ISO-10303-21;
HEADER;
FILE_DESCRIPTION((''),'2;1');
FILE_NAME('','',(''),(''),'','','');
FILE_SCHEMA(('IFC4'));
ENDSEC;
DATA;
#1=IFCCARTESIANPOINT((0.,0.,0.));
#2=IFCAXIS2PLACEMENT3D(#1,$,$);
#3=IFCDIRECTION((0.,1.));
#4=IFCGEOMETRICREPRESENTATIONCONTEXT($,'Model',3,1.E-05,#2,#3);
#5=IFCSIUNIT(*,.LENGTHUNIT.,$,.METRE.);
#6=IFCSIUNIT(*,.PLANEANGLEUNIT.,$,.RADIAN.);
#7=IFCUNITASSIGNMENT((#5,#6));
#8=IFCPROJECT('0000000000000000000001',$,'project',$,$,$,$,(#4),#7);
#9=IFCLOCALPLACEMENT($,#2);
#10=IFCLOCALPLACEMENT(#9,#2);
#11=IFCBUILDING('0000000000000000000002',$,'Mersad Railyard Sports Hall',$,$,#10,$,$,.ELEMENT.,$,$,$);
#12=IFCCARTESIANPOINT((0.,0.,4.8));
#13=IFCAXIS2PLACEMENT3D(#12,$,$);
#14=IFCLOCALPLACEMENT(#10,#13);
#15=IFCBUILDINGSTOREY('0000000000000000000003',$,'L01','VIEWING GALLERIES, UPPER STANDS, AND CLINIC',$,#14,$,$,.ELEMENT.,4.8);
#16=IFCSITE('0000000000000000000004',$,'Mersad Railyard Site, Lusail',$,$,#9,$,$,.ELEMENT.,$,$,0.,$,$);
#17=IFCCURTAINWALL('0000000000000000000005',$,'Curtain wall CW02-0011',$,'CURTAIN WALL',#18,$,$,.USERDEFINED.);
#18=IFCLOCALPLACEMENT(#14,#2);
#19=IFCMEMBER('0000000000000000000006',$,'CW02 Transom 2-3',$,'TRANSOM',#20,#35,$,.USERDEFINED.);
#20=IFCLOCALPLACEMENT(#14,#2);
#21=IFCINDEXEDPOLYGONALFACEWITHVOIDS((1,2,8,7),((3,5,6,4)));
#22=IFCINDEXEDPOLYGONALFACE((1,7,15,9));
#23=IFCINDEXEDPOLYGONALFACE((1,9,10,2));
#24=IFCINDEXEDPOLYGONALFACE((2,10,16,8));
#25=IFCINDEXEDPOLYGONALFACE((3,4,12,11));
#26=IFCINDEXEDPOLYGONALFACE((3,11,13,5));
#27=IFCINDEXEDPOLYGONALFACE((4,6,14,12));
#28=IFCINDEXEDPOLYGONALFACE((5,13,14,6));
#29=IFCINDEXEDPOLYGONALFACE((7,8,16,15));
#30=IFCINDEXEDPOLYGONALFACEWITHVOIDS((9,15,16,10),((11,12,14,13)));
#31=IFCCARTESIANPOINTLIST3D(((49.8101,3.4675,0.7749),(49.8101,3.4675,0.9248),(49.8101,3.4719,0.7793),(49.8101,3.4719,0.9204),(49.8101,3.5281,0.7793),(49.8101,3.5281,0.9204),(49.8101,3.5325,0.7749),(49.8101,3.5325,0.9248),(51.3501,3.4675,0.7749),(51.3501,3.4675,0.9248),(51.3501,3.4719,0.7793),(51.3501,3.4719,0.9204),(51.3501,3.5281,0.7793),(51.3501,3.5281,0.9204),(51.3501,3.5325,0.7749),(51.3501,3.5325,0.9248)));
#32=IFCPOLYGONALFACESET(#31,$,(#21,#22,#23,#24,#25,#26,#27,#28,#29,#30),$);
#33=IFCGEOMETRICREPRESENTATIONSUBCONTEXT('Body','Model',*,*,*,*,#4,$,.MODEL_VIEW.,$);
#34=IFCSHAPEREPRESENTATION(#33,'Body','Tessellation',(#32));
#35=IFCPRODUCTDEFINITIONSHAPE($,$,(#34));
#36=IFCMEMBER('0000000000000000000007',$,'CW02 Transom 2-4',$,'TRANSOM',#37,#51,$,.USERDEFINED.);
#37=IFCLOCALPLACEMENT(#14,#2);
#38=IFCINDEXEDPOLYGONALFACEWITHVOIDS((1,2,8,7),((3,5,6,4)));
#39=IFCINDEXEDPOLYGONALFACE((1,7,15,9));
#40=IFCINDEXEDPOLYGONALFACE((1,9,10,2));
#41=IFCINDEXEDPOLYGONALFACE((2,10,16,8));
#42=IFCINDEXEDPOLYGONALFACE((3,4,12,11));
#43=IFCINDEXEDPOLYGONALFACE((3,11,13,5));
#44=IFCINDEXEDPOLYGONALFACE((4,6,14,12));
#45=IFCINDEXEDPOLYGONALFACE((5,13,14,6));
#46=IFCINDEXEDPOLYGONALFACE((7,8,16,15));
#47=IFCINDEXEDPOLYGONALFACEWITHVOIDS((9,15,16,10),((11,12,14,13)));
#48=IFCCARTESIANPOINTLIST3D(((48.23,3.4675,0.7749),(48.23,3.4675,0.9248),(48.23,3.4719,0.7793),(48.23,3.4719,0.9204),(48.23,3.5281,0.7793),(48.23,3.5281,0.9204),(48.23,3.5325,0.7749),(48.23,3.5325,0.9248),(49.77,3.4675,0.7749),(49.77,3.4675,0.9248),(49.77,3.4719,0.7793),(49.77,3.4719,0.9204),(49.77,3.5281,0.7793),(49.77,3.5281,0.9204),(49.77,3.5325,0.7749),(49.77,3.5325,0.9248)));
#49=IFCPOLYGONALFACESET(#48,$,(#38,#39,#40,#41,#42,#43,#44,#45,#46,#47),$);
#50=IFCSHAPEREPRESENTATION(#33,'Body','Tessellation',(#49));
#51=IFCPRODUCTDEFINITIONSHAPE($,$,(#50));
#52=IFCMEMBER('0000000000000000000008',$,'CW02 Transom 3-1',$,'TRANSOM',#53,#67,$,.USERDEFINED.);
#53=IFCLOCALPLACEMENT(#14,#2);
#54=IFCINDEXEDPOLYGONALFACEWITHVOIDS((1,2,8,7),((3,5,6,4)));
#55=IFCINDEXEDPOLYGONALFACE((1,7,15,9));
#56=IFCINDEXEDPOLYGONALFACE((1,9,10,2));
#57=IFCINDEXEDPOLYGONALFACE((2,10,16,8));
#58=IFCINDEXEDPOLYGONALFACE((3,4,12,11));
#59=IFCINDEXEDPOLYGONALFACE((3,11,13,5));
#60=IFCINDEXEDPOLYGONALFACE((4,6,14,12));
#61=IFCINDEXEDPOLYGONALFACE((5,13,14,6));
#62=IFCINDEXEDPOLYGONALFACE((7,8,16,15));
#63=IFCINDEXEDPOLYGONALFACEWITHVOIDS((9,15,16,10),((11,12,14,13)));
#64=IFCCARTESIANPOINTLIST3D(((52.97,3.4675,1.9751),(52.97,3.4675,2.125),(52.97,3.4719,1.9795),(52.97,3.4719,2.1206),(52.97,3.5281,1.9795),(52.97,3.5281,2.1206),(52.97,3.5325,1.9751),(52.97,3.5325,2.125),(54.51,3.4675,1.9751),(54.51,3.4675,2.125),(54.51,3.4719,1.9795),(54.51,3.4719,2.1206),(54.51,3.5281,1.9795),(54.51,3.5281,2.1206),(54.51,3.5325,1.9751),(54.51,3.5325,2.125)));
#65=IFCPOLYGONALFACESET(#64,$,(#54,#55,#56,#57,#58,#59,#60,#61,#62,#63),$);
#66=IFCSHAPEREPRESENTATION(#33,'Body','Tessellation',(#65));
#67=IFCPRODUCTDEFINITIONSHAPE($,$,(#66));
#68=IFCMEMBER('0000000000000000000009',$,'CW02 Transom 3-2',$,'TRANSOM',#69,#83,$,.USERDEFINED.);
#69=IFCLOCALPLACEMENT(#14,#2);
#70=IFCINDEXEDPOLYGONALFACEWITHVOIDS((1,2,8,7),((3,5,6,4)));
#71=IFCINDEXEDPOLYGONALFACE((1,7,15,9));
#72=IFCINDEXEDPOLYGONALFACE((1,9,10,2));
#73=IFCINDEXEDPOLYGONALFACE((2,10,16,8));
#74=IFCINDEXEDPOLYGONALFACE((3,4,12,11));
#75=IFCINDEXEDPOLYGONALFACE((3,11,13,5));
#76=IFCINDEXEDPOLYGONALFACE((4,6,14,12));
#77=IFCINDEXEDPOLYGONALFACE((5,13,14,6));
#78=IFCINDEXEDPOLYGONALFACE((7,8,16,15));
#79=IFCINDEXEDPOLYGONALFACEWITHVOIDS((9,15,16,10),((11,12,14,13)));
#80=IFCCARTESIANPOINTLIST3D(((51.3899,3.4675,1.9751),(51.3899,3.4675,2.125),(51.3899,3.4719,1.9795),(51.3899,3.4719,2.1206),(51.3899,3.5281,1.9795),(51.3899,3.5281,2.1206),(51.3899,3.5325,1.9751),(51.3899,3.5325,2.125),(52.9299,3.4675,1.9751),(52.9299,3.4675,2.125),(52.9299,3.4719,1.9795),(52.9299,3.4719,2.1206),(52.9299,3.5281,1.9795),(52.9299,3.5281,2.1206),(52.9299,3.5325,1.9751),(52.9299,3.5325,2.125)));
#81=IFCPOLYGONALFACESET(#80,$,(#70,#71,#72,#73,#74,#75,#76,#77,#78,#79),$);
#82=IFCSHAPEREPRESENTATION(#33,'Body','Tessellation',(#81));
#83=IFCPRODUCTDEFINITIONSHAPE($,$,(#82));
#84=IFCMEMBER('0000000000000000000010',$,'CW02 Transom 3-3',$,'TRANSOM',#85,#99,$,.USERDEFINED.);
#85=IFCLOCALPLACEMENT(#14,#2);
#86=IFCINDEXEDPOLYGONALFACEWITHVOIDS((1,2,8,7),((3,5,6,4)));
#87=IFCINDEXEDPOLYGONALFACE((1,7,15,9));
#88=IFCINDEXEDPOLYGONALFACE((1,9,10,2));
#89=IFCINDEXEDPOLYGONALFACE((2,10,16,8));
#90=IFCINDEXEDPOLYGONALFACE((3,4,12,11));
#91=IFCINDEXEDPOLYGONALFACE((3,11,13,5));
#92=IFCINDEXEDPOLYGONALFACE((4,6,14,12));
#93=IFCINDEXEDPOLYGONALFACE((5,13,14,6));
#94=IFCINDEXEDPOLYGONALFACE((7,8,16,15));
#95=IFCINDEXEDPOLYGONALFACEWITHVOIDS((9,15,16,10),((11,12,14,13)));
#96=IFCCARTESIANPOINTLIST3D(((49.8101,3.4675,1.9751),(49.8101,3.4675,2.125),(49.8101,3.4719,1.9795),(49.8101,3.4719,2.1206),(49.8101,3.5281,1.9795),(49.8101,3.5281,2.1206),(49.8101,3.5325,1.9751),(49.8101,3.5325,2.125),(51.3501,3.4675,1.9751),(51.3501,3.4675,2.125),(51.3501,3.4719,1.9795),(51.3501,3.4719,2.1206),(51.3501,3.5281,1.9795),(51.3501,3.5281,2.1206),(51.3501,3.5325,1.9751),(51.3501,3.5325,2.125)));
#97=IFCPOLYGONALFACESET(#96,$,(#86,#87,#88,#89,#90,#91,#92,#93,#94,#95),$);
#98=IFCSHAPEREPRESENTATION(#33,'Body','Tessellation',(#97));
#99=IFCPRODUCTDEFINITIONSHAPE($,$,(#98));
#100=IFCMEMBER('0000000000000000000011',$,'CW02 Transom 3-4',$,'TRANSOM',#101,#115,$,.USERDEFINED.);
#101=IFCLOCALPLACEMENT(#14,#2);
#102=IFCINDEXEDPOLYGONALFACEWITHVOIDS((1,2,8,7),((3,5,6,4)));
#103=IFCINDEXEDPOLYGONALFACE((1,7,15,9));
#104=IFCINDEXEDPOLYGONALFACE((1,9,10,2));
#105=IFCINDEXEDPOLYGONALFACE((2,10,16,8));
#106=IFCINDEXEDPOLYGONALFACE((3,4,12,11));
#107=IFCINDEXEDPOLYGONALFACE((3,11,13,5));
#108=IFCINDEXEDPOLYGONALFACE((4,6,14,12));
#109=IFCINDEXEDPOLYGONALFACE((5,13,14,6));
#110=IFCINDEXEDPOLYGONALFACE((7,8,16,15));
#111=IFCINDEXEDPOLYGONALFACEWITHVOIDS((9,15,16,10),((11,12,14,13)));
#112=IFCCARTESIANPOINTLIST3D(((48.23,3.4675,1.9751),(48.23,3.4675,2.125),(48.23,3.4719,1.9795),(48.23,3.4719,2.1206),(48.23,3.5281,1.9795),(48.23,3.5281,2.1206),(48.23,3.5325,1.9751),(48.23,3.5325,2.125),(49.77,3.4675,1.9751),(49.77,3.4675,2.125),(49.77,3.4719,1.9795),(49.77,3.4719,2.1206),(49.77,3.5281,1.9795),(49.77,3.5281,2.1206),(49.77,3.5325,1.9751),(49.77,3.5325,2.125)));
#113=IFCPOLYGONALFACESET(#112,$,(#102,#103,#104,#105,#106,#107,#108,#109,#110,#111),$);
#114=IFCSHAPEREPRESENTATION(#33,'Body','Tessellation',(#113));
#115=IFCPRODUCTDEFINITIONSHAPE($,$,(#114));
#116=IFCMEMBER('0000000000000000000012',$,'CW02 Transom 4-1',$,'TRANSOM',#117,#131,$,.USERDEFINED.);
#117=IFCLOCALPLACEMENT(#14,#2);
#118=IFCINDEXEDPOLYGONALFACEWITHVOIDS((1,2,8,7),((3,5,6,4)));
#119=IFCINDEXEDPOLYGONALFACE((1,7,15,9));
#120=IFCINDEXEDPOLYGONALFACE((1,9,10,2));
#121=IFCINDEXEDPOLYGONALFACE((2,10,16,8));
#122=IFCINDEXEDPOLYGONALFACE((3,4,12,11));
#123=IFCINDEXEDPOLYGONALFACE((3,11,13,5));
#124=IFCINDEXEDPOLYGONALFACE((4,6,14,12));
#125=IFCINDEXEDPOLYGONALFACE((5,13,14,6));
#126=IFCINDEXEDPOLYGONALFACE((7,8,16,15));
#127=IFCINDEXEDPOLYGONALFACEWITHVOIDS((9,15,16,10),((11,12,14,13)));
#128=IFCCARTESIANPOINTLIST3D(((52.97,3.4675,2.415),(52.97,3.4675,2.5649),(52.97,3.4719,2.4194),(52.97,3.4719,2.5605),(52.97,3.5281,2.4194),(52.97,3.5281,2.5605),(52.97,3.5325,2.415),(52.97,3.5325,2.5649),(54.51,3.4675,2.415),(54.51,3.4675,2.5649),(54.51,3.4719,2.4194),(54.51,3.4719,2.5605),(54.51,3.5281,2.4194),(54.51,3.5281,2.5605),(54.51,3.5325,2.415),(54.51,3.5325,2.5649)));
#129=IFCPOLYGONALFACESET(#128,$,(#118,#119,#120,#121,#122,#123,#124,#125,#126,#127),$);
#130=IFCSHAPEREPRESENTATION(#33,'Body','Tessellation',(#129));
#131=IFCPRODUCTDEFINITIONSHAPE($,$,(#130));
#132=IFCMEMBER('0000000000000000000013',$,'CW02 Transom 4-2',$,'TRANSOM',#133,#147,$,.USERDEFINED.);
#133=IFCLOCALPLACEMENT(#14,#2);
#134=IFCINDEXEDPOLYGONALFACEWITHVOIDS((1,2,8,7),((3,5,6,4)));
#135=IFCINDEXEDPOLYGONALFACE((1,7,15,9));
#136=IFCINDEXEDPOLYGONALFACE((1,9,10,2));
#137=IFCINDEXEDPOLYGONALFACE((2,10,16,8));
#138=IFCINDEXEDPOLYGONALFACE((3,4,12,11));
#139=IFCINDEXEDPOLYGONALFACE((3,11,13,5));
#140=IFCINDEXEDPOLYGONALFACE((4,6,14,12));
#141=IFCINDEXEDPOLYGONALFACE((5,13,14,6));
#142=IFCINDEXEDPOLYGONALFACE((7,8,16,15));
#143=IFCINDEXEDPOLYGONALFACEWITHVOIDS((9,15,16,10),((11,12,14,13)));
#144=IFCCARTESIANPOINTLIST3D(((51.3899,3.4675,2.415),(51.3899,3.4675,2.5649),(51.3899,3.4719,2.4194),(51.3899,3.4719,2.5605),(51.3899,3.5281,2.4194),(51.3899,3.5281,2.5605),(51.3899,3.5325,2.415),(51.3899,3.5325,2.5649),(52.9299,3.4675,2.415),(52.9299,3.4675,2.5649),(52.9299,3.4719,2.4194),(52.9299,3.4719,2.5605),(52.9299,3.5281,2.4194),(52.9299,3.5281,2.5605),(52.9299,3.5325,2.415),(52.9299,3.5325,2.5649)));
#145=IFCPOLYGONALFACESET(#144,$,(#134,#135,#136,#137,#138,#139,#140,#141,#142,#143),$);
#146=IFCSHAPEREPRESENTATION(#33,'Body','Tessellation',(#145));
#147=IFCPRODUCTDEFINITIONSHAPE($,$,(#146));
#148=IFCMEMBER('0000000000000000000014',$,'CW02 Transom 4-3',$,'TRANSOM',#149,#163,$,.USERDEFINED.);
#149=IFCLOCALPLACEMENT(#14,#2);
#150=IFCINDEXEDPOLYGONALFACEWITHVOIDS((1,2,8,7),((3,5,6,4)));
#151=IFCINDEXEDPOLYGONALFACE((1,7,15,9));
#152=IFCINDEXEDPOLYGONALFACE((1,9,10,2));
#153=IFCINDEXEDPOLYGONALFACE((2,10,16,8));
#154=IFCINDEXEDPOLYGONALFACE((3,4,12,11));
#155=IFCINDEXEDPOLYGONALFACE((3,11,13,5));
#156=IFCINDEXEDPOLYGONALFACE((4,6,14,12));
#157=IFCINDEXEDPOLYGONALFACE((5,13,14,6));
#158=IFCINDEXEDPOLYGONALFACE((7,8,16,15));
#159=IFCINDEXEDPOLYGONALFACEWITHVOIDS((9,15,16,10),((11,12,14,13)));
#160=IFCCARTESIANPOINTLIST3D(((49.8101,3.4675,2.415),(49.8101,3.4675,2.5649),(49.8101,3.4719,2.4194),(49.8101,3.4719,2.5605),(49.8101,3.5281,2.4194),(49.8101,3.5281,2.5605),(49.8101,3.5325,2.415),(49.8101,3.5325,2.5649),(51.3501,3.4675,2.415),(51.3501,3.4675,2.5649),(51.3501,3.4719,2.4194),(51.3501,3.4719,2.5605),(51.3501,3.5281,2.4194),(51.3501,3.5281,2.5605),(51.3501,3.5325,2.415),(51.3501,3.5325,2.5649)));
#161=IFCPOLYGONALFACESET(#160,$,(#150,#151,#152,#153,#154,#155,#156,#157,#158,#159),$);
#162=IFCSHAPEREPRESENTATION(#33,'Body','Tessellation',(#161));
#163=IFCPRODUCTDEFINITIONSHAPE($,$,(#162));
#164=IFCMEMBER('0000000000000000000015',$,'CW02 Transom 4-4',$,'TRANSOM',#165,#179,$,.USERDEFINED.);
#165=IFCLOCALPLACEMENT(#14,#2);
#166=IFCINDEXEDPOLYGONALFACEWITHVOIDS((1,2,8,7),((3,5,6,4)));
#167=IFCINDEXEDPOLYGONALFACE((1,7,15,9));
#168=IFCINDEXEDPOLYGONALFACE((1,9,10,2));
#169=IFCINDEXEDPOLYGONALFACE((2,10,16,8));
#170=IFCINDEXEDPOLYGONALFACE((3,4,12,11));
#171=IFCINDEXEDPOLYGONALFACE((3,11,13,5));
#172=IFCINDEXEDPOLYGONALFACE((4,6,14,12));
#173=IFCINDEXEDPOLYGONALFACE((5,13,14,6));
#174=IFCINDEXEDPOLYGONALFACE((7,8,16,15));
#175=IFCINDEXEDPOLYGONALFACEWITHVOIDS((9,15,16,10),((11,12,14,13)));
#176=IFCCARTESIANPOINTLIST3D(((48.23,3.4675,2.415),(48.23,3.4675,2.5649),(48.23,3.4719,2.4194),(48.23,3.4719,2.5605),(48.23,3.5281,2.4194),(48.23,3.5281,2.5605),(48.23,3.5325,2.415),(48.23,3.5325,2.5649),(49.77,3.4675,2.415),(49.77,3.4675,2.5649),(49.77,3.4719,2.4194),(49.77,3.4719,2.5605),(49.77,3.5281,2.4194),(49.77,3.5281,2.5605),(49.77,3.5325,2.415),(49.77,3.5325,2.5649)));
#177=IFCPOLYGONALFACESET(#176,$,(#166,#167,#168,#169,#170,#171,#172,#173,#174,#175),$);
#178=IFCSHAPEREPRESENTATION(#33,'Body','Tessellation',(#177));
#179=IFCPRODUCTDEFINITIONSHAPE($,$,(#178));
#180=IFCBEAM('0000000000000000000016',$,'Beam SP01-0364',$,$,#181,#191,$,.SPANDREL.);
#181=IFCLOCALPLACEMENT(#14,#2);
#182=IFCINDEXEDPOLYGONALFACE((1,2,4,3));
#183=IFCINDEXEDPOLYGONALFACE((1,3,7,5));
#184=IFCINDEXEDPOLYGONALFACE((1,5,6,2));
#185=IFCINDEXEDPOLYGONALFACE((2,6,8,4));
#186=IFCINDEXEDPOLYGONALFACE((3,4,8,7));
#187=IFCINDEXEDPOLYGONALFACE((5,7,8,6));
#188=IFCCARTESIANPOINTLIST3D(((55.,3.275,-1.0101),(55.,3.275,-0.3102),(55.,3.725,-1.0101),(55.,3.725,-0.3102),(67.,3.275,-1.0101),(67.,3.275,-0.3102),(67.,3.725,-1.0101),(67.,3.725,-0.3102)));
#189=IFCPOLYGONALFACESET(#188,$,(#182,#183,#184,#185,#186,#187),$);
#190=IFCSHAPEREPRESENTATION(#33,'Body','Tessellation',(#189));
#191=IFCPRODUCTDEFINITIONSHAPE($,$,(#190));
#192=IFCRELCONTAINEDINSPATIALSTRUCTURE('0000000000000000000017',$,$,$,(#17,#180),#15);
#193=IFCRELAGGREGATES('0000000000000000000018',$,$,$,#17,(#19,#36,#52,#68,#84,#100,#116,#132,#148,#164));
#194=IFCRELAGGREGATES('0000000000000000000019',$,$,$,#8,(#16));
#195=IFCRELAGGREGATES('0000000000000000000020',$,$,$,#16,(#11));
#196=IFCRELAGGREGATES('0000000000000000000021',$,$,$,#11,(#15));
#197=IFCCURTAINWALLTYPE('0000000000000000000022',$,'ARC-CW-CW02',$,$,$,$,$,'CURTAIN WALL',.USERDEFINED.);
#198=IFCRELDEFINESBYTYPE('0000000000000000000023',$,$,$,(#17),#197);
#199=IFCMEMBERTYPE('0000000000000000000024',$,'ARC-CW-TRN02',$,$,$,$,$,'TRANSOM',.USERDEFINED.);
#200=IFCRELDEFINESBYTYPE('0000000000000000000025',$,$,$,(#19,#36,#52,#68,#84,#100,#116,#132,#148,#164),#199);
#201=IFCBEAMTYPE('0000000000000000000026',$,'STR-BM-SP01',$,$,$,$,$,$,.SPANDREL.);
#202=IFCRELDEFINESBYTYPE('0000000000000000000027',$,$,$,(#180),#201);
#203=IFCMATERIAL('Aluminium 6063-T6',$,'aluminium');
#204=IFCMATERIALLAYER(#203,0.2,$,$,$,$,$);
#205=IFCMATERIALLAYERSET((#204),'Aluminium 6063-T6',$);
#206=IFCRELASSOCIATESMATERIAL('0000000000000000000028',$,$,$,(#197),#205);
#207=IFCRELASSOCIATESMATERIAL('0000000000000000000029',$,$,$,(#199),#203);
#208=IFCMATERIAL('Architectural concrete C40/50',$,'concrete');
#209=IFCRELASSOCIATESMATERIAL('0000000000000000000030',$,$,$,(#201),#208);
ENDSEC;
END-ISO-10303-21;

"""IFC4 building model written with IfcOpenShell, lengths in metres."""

from ifc_helpers import new_model, si_unit, direction, frame, origin, origin_2d, place, context, subcontext, project, spatial, rectangle, hollow_rectangle, extrude, material, layer, layer_set, material_profile, profile_set, type_object, element, aggregate, save


model = new_model("IFC4")

# Units and contexts
model_context = context("Model", 3, precision=1e-05, world=origin(), true_north=direction((0.0, 1.0)))
body_context = subcontext(model_context, "Body", "Model", "MODEL_VIEW")
ifc_project = project(units=[si_unit("LENGTHUNIT", "METRE"), si_unit("PLANEANGLEUNIT", "RADIAN")], contexts=[model_context])

# Site, building, storey
site_placement = place(None, origin())
site = spatial("IfcSite", under=ifc_project, at=site_placement, Name="Mersad Railyard Site, Lusail", CompositionType="ELEMENT", RefElevation=0.0)
building_placement = place(site_placement, origin())
building = spatial("IfcBuilding", under=site, at=building_placement, Name="Mersad Railyard Sports Hall", CompositionType="ELEMENT")
storey_placement = place(building_placement, frame((0.0, 0.0, 4.8)))
storey = spatial("IfcBuildingStorey", under=building, at=storey_placement, Name="L01", Description="VIEWING GALLERIES, UPPER STANDS, AND CLINIC", CompositionType="ELEMENT", Elevation=4.8)

# Curtain wall, members
ifc_material_1 = material(Name="Aluminium 6063-T6", Category="aluminium")
ifc_layer_1 = layer(ifc_material_1, 0.2)
ifc_layer_set_1 = layer_set([ifc_layer_1], Name="Aluminium 6063-T6")
curtain_wall_type = type_object("IfcCurtainWallType", Name="ARC-CW-CW02", ElementType="CURTAIN WALL", PredefinedType="USERDEFINED", material=ifc_layer_set_1)
curtain_wall_placement = place(storey_placement, origin())
curtain_wall = element("IfcCurtainWall", 1, at=curtain_wall_placement, inside=storey, type_object=curtain_wall_type, Name="Curtain wall CW02-0011", ObjectType="CURTAIN WALL", PredefinedType="USERDEFINED")
ifc_material_profile_1 = material_profile(ifc_material_1, hollow_rectangle(XDim=0.0649, YDim=0.1499, WallThickness=0.0044, at=origin_2d()), Name="AL TRANSOM 65x150x4.5")
ifc_profile_set_1 = profile_set([ifc_material_profile_1], Name="Aluminium 6063-T6")
member_type_1 = type_object("IfcMemberType", Name="ARC-CW-TRN02", ElementType="TRANSOM", PredefinedType="USERDEFINED", material=ifc_profile_set_1)
member_1_placement = place(storey_placement, frame((51.3501, 3.5, 0.8499), z_axis=(-1.0, 0.0, 0.0), x_axis=(0.0, -1.0, 0.0)))
member_1 = element("IfcMember", 2, at=member_1_placement, type_object=member_type_1, Name="CW02 Transom 2-3", ObjectType="TRANSOM", PredefinedType="USERDEFINED", context=body_context, shape_type="SweptSolid", body=[
    extrude(hollow_rectangle(XDim=0.0649, YDim=0.1499, WallThickness=0.0044, at=origin_2d()), origin(), (0.0, 0.0, 1.0), 1.54),
])
member_2_placement = place(storey_placement, frame((49.77, 3.5, 0.8499), z_axis=(-1.0, 0.0, 0.0), x_axis=(0.0, -1.0, 0.0)))
member_2 = element("IfcMember", 3, at=member_2_placement, type_object=member_type_1, Name="CW02 Transom 2-4", ObjectType="TRANSOM", PredefinedType="USERDEFINED", context=body_context, shape_type="SweptSolid", body=[
    extrude(hollow_rectangle(XDim=0.0649, YDim=0.1499, WallThickness=0.0044, at=origin_2d()), origin(), (0.0, 0.0, 1.0), 1.54),
])
member_3_placement = place(storey_placement, frame((54.51, 3.5, 2.05), z_axis=(-1.0, 0.0, 0.0), x_axis=(0.0, -1.0, 0.0)))
member_3 = element("IfcMember", 4, at=member_3_placement, type_object=member_type_1, Name="CW02 Transom 3-1", ObjectType="TRANSOM", PredefinedType="USERDEFINED", context=body_context, shape_type="SweptSolid", body=[
    extrude(hollow_rectangle(XDim=0.0649, YDim=0.1499, WallThickness=0.0044, at=origin_2d()), origin(), (0.0, 0.0, 1.0), 1.54),
])
member_4_placement = place(storey_placement, frame((52.9299, 3.5, 2.05), z_axis=(-1.0, 0.0, 0.0), x_axis=(0.0, -1.0, 0.0)))
member_4 = element("IfcMember", 5, at=member_4_placement, type_object=member_type_1, Name="CW02 Transom 3-2", ObjectType="TRANSOM", PredefinedType="USERDEFINED", context=body_context, shape_type="SweptSolid", body=[
    extrude(hollow_rectangle(XDim=0.0649, YDim=0.1499, WallThickness=0.0044, at=origin_2d()), origin(), (0.0, 0.0, 1.0), 1.54),
])
member_5_placement = place(storey_placement, frame((51.3501, 3.5, 2.05), z_axis=(-1.0, 0.0, 0.0), x_axis=(0.0, -1.0, 0.0)))
member_5 = element("IfcMember", 6, at=member_5_placement, type_object=member_type_1, Name="CW02 Transom 3-3", ObjectType="TRANSOM", PredefinedType="USERDEFINED", context=body_context, shape_type="SweptSolid", body=[
    extrude(hollow_rectangle(XDim=0.0649, YDim=0.1499, WallThickness=0.0044, at=origin_2d()), origin(), (0.0, 0.0, 1.0), 1.54),
])
member_6_placement = place(storey_placement, frame((49.77, 3.5, 2.05), z_axis=(-1.0, 0.0, 0.0), x_axis=(0.0, -1.0, 0.0)))
member_6 = element("IfcMember", 7, at=member_6_placement, type_object=member_type_1, Name="CW02 Transom 3-4", ObjectType="TRANSOM", PredefinedType="USERDEFINED", context=body_context, shape_type="SweptSolid", body=[
    extrude(hollow_rectangle(XDim=0.0649, YDim=0.1499, WallThickness=0.0044, at=origin_2d()), origin(), (0.0, 0.0, 1.0), 1.54),
])
member_7_placement = place(storey_placement, frame((54.51, 3.5, 2.49), z_axis=(-1.0, 0.0, 0.0), x_axis=(0.0, -1.0, 0.0)))
member_7 = element("IfcMember", 8, at=member_7_placement, type_object=member_type_1, Name="CW02 Transom 4-1", ObjectType="TRANSOM", PredefinedType="USERDEFINED", context=body_context, shape_type="SweptSolid", body=[
    extrude(hollow_rectangle(XDim=0.0649, YDim=0.1499, WallThickness=0.0044, at=origin_2d()), origin(), (0.0, 0.0, 1.0), 1.54),
])
member_8_placement = place(storey_placement, frame((52.9299, 3.5, 2.49), z_axis=(-1.0, 0.0, 0.0), x_axis=(0.0, -1.0, 0.0)))
member_8 = element("IfcMember", 9, at=member_8_placement, type_object=member_type_1, Name="CW02 Transom 4-2", ObjectType="TRANSOM", PredefinedType="USERDEFINED", context=body_context, shape_type="SweptSolid", body=[
    extrude(hollow_rectangle(XDim=0.0649, YDim=0.1499, WallThickness=0.0044, at=origin_2d()), origin(), (0.0, 0.0, 1.0), 1.54),
])
member_9_placement = place(storey_placement, frame((51.3501, 3.5, 2.49), z_axis=(-1.0, 0.0, 0.0), x_axis=(0.0, -1.0, 0.0)))
member_9 = element("IfcMember", 10, at=member_9_placement, type_object=member_type_1, Name="CW02 Transom 4-3", ObjectType="TRANSOM", PredefinedType="USERDEFINED", context=body_context, shape_type="SweptSolid", body=[
    extrude(hollow_rectangle(XDim=0.0649, YDim=0.1499, WallThickness=0.0044, at=origin_2d()), origin(), (0.0, 0.0, 1.0), 1.54),
])
member_10_placement = place(storey_placement, frame((49.77, 3.5, 2.49), z_axis=(-1.0, 0.0, 0.0), x_axis=(0.0, -1.0, 0.0)))
member_10 = element("IfcMember", 11, at=member_10_placement, type_object=member_type_1, Name="CW02 Transom 4-4", ObjectType="TRANSOM", PredefinedType="USERDEFINED", context=body_context, shape_type="SweptSolid", body=[
    extrude(hollow_rectangle(XDim=0.0649, YDim=0.1499, WallThickness=0.0044, at=origin_2d()), origin(), (0.0, 0.0, 1.0), 1.54),
])

# Beam
ifc_material_2 = material(Name="Architectural concrete C40/50", Category="concrete")
ifc_material_profile_2 = material_profile(ifc_material_2, rectangle(XDim=0.45, YDim=0.7, at=origin_2d()), Name="RC 450x700")
ifc_profile_set_2 = profile_set([ifc_material_profile_2], Name="Architectural concrete C40/50")
beam_type_1 = type_object("IfcBeamType", Name="STR-BM-SP01", PredefinedType="SPANDREL", material=ifc_profile_set_2)
beam_placement = place(storey_placement, frame((55.0, 3.5, -0.6602), z_axis=(1.0, 0.0, 0.0), x_axis=(0.0, 1.0, 0.0)))
element("IfcBeam", 12, at=beam_placement, inside=storey, type_object=beam_type_1, Name="Beam SP01-0364", PredefinedType="SPANDREL", context=body_context, shape_type="SweptSolid", body=[
    extrude(rectangle(XDim=0.45, YDim=0.7, at=origin_2d()), origin(), (0.0, 0.0, 1.0), 12.0),
])

aggregate(curtain_wall, [member_1, member_2, member_3, member_4, member_5, member_6, member_7, member_8, member_9, member_10])

save(model, "model.ifc")
